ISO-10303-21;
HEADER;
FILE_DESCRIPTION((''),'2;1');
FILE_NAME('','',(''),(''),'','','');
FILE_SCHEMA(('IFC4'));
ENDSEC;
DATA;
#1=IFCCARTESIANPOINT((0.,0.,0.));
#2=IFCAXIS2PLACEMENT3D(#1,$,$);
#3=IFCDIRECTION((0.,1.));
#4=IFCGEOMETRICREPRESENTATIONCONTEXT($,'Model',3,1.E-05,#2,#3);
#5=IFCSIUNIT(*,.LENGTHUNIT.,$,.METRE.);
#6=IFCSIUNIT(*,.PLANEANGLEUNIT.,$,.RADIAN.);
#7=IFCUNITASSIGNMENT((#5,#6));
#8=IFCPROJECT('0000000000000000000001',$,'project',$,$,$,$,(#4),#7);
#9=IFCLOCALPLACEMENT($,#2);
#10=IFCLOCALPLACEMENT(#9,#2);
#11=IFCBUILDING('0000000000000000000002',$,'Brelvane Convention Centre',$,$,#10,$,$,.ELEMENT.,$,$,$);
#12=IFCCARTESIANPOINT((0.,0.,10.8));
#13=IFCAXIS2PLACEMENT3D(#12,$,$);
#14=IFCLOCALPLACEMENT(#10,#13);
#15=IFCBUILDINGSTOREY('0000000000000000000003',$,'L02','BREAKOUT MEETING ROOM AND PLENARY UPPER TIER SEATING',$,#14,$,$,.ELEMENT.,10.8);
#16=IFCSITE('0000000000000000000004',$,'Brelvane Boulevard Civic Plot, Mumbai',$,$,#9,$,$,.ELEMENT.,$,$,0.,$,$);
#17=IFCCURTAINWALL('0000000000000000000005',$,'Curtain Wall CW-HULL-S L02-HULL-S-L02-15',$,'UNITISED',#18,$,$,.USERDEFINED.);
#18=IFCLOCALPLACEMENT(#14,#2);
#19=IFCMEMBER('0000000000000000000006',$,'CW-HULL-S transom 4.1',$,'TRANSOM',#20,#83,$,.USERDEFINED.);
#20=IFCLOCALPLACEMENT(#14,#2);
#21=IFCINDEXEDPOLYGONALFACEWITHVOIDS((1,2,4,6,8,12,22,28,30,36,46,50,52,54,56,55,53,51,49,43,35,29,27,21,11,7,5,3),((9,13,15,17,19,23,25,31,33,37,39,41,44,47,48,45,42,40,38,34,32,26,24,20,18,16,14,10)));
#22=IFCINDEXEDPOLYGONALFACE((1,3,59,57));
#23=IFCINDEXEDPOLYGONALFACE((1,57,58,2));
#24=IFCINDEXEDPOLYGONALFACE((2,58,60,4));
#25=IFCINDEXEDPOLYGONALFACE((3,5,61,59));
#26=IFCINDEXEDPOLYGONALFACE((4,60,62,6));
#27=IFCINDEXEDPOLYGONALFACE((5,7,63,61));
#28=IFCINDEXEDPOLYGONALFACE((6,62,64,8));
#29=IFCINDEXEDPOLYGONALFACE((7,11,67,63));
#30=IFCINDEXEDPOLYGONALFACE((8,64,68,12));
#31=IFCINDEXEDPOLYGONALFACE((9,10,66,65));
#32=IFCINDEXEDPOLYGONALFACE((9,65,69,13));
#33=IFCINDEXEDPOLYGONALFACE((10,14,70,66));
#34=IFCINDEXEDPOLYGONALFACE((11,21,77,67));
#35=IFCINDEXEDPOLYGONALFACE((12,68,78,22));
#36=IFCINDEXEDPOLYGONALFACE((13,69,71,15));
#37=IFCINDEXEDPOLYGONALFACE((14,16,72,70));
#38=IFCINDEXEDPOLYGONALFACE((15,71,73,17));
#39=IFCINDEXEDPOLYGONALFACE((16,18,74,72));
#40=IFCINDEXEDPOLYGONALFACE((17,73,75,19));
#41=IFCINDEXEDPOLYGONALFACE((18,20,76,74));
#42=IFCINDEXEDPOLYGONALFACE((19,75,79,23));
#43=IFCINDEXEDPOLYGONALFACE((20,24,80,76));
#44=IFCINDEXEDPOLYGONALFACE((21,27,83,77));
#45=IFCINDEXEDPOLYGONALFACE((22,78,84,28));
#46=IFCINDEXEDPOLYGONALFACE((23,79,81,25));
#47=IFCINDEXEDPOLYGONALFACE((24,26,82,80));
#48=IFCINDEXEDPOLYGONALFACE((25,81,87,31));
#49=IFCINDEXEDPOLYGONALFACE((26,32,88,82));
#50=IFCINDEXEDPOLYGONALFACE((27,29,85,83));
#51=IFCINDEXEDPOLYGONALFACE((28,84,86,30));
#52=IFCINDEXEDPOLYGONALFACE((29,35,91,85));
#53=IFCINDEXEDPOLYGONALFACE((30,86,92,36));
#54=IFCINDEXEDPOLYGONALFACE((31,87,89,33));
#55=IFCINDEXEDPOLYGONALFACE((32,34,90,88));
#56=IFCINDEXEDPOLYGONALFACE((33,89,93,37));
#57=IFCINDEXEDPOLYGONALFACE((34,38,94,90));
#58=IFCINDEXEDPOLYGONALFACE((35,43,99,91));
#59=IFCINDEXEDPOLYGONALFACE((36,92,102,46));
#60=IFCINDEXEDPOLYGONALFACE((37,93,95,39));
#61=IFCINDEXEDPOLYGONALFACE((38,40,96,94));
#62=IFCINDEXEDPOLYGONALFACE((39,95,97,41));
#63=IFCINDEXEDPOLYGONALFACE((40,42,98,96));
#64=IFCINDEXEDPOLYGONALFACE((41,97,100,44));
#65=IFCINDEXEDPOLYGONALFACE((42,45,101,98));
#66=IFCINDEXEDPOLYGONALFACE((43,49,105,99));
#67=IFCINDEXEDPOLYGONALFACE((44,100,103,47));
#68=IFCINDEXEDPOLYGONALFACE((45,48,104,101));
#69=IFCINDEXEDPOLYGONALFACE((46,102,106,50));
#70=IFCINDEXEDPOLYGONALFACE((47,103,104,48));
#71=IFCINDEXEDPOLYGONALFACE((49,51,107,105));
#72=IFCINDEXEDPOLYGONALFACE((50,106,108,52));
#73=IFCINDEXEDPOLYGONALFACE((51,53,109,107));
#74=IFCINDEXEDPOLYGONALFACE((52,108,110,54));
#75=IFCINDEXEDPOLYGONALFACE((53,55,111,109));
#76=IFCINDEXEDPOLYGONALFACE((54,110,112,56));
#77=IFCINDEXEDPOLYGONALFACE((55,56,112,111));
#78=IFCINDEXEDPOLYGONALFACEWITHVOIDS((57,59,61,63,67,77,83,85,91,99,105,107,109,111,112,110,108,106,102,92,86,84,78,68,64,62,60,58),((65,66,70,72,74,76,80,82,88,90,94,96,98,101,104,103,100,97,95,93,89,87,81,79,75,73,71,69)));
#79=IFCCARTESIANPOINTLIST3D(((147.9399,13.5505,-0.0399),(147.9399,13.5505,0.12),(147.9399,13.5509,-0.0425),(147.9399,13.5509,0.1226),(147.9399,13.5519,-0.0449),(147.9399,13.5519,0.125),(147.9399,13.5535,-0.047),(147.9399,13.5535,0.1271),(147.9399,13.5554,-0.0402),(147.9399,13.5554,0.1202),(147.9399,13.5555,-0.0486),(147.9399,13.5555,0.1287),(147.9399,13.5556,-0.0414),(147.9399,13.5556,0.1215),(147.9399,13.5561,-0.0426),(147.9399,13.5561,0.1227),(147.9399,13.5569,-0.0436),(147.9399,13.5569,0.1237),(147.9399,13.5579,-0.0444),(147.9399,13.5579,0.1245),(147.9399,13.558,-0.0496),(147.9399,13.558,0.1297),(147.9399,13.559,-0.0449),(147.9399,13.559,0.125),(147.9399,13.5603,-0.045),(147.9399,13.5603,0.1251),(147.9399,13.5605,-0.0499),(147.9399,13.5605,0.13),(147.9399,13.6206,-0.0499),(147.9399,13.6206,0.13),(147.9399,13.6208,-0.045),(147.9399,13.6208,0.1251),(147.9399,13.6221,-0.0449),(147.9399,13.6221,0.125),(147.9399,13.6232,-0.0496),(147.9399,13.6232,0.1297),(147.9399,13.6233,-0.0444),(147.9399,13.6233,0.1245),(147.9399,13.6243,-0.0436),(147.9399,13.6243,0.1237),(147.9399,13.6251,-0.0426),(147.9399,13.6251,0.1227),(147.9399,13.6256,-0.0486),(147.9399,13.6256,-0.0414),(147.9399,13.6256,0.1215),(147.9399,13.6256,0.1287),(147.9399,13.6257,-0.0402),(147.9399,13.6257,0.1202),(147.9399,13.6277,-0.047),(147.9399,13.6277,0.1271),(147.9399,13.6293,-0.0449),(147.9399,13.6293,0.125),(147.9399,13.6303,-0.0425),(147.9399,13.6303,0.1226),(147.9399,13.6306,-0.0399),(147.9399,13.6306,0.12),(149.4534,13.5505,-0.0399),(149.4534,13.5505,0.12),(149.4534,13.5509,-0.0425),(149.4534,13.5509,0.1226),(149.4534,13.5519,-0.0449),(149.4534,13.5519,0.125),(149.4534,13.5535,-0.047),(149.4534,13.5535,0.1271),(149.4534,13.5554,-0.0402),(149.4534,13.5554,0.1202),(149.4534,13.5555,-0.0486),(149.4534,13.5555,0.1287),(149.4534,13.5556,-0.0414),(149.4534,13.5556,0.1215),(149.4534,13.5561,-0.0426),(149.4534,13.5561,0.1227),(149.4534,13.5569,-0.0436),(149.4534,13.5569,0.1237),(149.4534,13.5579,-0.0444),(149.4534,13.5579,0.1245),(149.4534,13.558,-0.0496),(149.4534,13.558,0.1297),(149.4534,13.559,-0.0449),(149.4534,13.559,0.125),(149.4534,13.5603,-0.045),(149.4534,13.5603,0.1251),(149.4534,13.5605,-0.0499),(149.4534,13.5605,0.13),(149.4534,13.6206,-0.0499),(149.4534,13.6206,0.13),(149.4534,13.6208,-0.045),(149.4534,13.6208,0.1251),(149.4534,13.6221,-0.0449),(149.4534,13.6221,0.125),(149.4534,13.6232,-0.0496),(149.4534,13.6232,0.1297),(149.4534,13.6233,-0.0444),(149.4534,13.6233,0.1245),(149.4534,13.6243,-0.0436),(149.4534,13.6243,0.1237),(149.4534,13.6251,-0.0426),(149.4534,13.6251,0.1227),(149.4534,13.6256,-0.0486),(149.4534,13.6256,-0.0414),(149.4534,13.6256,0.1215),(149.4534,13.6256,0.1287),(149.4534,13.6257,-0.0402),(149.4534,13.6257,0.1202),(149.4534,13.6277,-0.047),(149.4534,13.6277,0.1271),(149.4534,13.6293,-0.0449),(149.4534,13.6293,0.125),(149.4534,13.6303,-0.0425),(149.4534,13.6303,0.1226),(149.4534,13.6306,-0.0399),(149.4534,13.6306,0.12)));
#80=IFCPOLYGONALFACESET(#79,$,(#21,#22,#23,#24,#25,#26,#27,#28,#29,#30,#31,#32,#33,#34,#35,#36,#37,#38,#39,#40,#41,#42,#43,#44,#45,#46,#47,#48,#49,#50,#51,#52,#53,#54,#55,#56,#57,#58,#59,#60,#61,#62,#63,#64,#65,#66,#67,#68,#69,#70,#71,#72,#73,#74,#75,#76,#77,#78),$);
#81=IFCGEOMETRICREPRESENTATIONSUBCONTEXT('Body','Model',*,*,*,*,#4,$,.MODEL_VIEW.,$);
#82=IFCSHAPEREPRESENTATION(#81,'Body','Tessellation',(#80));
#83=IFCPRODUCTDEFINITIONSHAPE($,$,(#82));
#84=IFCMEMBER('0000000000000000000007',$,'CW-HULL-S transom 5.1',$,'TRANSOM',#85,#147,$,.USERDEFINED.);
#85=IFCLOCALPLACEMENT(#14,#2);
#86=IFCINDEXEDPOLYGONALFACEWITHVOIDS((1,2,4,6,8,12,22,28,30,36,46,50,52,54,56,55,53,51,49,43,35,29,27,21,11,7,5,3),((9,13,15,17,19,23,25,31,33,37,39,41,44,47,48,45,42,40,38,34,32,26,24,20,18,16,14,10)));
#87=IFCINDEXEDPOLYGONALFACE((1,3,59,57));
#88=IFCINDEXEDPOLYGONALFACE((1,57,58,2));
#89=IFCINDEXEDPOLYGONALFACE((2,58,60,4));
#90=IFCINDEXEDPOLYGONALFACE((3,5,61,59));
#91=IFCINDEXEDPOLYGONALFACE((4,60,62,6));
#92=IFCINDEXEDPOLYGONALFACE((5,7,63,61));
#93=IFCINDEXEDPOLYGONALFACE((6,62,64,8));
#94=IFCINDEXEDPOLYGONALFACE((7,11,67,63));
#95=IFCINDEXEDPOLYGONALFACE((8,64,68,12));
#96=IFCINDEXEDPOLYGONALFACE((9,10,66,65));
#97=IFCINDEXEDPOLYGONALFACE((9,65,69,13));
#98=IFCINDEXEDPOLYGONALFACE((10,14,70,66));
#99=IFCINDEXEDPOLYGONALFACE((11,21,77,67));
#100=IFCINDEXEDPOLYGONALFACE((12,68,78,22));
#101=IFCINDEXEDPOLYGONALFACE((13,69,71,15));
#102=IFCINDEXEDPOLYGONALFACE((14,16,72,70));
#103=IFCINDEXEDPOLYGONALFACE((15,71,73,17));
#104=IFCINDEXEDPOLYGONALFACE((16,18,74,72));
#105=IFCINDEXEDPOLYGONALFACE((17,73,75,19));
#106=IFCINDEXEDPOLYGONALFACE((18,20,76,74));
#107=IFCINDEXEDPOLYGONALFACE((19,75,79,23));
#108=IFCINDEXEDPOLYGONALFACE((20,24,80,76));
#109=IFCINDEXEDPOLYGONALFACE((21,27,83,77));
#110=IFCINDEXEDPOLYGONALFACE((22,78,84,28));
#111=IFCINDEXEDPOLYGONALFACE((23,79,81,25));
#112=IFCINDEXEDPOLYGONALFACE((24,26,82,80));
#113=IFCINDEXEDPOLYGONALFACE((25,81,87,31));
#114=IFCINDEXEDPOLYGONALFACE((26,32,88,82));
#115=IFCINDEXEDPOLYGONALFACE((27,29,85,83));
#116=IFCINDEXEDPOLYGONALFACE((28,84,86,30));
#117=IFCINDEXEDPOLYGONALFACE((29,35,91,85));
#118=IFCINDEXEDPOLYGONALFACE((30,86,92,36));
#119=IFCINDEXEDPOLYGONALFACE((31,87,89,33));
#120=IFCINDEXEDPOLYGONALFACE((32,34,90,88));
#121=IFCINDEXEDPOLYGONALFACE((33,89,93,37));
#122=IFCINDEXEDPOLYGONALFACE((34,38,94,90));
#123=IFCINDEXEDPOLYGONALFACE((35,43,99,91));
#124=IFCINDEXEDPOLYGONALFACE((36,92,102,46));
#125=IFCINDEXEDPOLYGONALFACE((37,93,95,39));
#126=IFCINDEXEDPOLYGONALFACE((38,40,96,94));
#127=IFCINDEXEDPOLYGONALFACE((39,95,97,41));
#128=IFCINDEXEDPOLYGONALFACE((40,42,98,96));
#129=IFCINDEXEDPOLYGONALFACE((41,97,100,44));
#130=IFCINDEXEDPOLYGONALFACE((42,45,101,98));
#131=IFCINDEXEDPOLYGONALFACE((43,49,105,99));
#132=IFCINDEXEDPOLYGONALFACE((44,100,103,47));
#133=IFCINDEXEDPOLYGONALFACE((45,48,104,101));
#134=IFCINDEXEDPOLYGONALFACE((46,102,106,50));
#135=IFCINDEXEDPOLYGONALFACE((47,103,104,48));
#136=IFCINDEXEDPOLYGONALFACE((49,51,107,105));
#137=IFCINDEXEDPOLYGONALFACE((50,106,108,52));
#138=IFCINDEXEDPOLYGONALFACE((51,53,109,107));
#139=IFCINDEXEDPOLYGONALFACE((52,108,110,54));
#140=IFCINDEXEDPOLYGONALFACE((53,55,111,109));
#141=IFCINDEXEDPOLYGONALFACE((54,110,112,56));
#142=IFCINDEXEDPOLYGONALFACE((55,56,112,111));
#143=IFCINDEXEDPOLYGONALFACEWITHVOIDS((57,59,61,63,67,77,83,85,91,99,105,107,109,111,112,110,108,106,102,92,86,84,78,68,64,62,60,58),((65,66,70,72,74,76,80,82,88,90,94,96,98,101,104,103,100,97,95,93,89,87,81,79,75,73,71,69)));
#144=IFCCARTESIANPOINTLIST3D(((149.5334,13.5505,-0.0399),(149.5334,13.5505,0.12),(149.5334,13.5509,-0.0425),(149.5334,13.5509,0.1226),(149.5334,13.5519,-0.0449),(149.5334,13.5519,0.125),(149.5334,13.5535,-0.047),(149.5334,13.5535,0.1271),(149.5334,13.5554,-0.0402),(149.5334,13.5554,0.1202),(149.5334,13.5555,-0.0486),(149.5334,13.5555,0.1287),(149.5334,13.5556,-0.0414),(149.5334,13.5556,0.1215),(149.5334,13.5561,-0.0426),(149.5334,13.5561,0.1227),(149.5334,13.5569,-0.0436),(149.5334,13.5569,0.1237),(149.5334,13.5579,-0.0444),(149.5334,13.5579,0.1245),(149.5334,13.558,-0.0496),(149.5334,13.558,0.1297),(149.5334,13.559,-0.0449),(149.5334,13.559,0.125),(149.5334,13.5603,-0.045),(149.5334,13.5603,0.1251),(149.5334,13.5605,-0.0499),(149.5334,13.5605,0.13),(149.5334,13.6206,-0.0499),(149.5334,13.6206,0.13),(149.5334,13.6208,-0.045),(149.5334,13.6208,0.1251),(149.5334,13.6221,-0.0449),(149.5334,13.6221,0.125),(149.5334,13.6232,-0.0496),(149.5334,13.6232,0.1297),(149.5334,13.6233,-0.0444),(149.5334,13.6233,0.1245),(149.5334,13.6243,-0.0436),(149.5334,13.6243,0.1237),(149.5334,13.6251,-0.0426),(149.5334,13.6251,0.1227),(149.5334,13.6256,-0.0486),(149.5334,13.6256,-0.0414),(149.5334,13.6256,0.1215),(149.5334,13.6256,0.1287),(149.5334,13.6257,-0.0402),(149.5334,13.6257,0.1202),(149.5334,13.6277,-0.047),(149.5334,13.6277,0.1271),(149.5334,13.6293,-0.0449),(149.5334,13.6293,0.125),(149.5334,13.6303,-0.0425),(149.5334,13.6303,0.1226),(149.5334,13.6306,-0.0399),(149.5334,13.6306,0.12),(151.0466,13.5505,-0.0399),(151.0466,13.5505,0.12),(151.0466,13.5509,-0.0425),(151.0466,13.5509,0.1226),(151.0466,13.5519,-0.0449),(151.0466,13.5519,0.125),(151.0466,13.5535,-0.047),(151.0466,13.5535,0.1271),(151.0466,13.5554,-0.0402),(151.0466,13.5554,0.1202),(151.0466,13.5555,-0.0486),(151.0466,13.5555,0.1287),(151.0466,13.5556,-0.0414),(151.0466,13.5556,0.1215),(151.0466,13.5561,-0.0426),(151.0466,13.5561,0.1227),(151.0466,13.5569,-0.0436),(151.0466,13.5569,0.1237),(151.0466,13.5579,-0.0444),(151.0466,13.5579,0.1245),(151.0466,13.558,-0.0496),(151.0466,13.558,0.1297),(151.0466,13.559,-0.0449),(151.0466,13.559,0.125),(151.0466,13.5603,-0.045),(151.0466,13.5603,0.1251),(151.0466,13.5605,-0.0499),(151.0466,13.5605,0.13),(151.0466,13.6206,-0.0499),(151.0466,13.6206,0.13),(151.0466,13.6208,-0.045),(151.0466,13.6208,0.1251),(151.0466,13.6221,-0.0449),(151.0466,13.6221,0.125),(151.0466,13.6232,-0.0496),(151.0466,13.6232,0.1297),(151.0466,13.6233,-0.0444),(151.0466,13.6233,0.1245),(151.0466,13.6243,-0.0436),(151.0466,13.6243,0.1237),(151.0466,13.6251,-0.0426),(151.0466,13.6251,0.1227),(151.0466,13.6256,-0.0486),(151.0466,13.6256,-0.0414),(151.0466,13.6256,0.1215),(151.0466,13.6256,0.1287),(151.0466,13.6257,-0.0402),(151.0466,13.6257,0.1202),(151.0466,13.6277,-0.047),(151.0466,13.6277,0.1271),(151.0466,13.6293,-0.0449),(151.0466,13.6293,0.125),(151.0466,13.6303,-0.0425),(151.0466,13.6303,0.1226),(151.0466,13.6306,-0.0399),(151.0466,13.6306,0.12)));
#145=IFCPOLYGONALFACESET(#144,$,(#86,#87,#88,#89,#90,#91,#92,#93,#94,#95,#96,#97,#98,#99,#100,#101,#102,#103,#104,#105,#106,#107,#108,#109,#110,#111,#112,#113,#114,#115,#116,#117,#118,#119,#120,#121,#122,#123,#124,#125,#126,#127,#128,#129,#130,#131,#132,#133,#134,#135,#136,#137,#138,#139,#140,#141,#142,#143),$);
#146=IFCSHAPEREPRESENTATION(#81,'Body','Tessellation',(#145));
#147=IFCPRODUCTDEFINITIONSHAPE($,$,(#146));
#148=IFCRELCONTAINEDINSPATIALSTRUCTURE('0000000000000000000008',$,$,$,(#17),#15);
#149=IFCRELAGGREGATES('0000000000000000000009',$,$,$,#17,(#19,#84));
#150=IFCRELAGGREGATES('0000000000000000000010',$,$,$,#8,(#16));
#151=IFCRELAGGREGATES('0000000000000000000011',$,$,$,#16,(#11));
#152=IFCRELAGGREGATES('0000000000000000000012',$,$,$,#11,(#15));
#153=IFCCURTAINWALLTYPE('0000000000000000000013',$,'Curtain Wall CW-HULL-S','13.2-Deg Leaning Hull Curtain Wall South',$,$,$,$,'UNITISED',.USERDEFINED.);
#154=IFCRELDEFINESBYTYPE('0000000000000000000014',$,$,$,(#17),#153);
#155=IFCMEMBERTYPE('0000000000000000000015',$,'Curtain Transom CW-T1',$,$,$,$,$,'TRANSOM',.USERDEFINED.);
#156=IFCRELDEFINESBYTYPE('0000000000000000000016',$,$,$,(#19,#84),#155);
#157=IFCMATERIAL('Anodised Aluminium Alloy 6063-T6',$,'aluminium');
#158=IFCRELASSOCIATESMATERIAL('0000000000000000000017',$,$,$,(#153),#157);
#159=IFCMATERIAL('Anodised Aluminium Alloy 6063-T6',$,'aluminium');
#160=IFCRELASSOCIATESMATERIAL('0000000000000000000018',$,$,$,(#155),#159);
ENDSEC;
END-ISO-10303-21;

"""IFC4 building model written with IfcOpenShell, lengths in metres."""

from ifc_helpers import new_model, si_unit, direction, frame, origin, origin_2d, place, context, subcontext, project, spatial, hollow_rectangle, extrude, material, material_profile, profile_set, type_object, element, aggregate, save


model = new_model("IFC4")

# Units and contexts
model_context = context("Model", 3, precision=1e-05, world=origin(), true_north=direction((0.0, 1.0)))
body_context = subcontext(model_context, "Body", "Model", "MODEL_VIEW")
ifc_project = project(units=[si_unit("LENGTHUNIT", "METRE"), si_unit("PLANEANGLEUNIT", "RADIAN")], contexts=[model_context])

# Site, building, storey
site_placement = place(None, origin())
site = spatial("IfcSite", under=ifc_project, at=site_placement, Name="Brelvane Boulevard Civic Plot, Mumbai", CompositionType="ELEMENT", RefElevation=0.0)
building_placement = place(site_placement, origin())
building = spatial("IfcBuilding", under=site, at=building_placement, Name="Brelvane Convention Centre", CompositionType="ELEMENT")
storey_placement = place(building_placement, frame((0.0, 0.0, 10.8)))
storey = spatial("IfcBuildingStorey", under=building, at=storey_placement, Name="L02", Description="BREAKOUT MEETING ROOM AND PLENARY UPPER TIER SEATING", CompositionType="ELEMENT", Elevation=10.8)

# Curtain wall
ifc_material_1 = material(Name="Anodised Aluminium Alloy 6063-T6", Category="aluminium")
curtain_wall_type = type_object("IfcCurtainWallType", Name="Curtain Wall CW-HULL-S", Description="13.2-Deg Leaning Hull Curtain Wall South", ElementType="UNITISED", PredefinedType="USERDEFINED", material=ifc_material_1)
curtain_wall_1_placement = place(storey_placement, origin())
curtain_wall_1 = element("IfcCurtainWall", 1, at=curtain_wall_1_placement, inside=storey, type_object=curtain_wall_type, Name="Curtain Wall CW-HULL-S L02-HULL-S-L02-15", ObjectType="UNITISED", PredefinedType="USERDEFINED")

# Members
ifc_material_2 = material(Name="Anodised Aluminium Alloy 6063-T6", Category="aluminium")
ifc_material_profile_1 = material_profile(ifc_material_2, hollow_rectangle(XDim=0.0801, YDim=0.1799, WallThickness=0.0049, InnerFilletRadius=0.0049, OuterFilletRadius=0.01, at=origin_2d()), Name="ALU-T 180x80x5.0")
ifc_profile_set_1 = profile_set([ifc_material_profile_1], Name="Anodised Aluminium Alloy 6063-T6")
member_type_1 = type_object("IfcMemberType", Name="Curtain Transom CW-T1", ElementType="TRANSOM", PredefinedType="USERDEFINED", material=ifc_profile_set_1)
member_1_placement = place(storey_placement, frame((147.9399, 13.5906, 0.04), z_axis=(1.0, 0.0, 0.0), x_axis=(0.0, 1.0, 0.0)))
member_1 = element("IfcMember", 2, at=member_1_placement, type_object=member_type_1, Name="CW-HULL-S transom 4.1", ObjectType="TRANSOM", PredefinedType="USERDEFINED", context=body_context, shape_type="SweptSolid", body=[
    extrude(hollow_rectangle(XDim=0.0801, YDim=0.1799, WallThickness=0.0049, InnerFilletRadius=0.0049, OuterFilletRadius=0.01, at=origin_2d()), origin(), (0.0, 0.0, 1.0), 1.5134),
])
member_2_placement = place(storey_placement, frame((149.5334, 13.5906, 0.04), z_axis=(1.0, 0.0, 0.0), x_axis=(0.0, 1.0, 0.0)))
member_2 = element("IfcMember", 3, at=member_2_placement, type_object=member_type_1, Name="CW-HULL-S transom 5.1", ObjectType="TRANSOM", PredefinedType="USERDEFINED", context=body_context, shape_type="SweptSolid", body=[
    extrude(hollow_rectangle(XDim=0.0801, YDim=0.1799, WallThickness=0.0049, InnerFilletRadius=0.0049, OuterFilletRadius=0.01, at=origin_2d()), origin(), (0.0, 0.0, 1.0), 1.5132),
])
aggregate(curtain_wall_1, [member_1, member_2])

save(model, "model.ifc")
